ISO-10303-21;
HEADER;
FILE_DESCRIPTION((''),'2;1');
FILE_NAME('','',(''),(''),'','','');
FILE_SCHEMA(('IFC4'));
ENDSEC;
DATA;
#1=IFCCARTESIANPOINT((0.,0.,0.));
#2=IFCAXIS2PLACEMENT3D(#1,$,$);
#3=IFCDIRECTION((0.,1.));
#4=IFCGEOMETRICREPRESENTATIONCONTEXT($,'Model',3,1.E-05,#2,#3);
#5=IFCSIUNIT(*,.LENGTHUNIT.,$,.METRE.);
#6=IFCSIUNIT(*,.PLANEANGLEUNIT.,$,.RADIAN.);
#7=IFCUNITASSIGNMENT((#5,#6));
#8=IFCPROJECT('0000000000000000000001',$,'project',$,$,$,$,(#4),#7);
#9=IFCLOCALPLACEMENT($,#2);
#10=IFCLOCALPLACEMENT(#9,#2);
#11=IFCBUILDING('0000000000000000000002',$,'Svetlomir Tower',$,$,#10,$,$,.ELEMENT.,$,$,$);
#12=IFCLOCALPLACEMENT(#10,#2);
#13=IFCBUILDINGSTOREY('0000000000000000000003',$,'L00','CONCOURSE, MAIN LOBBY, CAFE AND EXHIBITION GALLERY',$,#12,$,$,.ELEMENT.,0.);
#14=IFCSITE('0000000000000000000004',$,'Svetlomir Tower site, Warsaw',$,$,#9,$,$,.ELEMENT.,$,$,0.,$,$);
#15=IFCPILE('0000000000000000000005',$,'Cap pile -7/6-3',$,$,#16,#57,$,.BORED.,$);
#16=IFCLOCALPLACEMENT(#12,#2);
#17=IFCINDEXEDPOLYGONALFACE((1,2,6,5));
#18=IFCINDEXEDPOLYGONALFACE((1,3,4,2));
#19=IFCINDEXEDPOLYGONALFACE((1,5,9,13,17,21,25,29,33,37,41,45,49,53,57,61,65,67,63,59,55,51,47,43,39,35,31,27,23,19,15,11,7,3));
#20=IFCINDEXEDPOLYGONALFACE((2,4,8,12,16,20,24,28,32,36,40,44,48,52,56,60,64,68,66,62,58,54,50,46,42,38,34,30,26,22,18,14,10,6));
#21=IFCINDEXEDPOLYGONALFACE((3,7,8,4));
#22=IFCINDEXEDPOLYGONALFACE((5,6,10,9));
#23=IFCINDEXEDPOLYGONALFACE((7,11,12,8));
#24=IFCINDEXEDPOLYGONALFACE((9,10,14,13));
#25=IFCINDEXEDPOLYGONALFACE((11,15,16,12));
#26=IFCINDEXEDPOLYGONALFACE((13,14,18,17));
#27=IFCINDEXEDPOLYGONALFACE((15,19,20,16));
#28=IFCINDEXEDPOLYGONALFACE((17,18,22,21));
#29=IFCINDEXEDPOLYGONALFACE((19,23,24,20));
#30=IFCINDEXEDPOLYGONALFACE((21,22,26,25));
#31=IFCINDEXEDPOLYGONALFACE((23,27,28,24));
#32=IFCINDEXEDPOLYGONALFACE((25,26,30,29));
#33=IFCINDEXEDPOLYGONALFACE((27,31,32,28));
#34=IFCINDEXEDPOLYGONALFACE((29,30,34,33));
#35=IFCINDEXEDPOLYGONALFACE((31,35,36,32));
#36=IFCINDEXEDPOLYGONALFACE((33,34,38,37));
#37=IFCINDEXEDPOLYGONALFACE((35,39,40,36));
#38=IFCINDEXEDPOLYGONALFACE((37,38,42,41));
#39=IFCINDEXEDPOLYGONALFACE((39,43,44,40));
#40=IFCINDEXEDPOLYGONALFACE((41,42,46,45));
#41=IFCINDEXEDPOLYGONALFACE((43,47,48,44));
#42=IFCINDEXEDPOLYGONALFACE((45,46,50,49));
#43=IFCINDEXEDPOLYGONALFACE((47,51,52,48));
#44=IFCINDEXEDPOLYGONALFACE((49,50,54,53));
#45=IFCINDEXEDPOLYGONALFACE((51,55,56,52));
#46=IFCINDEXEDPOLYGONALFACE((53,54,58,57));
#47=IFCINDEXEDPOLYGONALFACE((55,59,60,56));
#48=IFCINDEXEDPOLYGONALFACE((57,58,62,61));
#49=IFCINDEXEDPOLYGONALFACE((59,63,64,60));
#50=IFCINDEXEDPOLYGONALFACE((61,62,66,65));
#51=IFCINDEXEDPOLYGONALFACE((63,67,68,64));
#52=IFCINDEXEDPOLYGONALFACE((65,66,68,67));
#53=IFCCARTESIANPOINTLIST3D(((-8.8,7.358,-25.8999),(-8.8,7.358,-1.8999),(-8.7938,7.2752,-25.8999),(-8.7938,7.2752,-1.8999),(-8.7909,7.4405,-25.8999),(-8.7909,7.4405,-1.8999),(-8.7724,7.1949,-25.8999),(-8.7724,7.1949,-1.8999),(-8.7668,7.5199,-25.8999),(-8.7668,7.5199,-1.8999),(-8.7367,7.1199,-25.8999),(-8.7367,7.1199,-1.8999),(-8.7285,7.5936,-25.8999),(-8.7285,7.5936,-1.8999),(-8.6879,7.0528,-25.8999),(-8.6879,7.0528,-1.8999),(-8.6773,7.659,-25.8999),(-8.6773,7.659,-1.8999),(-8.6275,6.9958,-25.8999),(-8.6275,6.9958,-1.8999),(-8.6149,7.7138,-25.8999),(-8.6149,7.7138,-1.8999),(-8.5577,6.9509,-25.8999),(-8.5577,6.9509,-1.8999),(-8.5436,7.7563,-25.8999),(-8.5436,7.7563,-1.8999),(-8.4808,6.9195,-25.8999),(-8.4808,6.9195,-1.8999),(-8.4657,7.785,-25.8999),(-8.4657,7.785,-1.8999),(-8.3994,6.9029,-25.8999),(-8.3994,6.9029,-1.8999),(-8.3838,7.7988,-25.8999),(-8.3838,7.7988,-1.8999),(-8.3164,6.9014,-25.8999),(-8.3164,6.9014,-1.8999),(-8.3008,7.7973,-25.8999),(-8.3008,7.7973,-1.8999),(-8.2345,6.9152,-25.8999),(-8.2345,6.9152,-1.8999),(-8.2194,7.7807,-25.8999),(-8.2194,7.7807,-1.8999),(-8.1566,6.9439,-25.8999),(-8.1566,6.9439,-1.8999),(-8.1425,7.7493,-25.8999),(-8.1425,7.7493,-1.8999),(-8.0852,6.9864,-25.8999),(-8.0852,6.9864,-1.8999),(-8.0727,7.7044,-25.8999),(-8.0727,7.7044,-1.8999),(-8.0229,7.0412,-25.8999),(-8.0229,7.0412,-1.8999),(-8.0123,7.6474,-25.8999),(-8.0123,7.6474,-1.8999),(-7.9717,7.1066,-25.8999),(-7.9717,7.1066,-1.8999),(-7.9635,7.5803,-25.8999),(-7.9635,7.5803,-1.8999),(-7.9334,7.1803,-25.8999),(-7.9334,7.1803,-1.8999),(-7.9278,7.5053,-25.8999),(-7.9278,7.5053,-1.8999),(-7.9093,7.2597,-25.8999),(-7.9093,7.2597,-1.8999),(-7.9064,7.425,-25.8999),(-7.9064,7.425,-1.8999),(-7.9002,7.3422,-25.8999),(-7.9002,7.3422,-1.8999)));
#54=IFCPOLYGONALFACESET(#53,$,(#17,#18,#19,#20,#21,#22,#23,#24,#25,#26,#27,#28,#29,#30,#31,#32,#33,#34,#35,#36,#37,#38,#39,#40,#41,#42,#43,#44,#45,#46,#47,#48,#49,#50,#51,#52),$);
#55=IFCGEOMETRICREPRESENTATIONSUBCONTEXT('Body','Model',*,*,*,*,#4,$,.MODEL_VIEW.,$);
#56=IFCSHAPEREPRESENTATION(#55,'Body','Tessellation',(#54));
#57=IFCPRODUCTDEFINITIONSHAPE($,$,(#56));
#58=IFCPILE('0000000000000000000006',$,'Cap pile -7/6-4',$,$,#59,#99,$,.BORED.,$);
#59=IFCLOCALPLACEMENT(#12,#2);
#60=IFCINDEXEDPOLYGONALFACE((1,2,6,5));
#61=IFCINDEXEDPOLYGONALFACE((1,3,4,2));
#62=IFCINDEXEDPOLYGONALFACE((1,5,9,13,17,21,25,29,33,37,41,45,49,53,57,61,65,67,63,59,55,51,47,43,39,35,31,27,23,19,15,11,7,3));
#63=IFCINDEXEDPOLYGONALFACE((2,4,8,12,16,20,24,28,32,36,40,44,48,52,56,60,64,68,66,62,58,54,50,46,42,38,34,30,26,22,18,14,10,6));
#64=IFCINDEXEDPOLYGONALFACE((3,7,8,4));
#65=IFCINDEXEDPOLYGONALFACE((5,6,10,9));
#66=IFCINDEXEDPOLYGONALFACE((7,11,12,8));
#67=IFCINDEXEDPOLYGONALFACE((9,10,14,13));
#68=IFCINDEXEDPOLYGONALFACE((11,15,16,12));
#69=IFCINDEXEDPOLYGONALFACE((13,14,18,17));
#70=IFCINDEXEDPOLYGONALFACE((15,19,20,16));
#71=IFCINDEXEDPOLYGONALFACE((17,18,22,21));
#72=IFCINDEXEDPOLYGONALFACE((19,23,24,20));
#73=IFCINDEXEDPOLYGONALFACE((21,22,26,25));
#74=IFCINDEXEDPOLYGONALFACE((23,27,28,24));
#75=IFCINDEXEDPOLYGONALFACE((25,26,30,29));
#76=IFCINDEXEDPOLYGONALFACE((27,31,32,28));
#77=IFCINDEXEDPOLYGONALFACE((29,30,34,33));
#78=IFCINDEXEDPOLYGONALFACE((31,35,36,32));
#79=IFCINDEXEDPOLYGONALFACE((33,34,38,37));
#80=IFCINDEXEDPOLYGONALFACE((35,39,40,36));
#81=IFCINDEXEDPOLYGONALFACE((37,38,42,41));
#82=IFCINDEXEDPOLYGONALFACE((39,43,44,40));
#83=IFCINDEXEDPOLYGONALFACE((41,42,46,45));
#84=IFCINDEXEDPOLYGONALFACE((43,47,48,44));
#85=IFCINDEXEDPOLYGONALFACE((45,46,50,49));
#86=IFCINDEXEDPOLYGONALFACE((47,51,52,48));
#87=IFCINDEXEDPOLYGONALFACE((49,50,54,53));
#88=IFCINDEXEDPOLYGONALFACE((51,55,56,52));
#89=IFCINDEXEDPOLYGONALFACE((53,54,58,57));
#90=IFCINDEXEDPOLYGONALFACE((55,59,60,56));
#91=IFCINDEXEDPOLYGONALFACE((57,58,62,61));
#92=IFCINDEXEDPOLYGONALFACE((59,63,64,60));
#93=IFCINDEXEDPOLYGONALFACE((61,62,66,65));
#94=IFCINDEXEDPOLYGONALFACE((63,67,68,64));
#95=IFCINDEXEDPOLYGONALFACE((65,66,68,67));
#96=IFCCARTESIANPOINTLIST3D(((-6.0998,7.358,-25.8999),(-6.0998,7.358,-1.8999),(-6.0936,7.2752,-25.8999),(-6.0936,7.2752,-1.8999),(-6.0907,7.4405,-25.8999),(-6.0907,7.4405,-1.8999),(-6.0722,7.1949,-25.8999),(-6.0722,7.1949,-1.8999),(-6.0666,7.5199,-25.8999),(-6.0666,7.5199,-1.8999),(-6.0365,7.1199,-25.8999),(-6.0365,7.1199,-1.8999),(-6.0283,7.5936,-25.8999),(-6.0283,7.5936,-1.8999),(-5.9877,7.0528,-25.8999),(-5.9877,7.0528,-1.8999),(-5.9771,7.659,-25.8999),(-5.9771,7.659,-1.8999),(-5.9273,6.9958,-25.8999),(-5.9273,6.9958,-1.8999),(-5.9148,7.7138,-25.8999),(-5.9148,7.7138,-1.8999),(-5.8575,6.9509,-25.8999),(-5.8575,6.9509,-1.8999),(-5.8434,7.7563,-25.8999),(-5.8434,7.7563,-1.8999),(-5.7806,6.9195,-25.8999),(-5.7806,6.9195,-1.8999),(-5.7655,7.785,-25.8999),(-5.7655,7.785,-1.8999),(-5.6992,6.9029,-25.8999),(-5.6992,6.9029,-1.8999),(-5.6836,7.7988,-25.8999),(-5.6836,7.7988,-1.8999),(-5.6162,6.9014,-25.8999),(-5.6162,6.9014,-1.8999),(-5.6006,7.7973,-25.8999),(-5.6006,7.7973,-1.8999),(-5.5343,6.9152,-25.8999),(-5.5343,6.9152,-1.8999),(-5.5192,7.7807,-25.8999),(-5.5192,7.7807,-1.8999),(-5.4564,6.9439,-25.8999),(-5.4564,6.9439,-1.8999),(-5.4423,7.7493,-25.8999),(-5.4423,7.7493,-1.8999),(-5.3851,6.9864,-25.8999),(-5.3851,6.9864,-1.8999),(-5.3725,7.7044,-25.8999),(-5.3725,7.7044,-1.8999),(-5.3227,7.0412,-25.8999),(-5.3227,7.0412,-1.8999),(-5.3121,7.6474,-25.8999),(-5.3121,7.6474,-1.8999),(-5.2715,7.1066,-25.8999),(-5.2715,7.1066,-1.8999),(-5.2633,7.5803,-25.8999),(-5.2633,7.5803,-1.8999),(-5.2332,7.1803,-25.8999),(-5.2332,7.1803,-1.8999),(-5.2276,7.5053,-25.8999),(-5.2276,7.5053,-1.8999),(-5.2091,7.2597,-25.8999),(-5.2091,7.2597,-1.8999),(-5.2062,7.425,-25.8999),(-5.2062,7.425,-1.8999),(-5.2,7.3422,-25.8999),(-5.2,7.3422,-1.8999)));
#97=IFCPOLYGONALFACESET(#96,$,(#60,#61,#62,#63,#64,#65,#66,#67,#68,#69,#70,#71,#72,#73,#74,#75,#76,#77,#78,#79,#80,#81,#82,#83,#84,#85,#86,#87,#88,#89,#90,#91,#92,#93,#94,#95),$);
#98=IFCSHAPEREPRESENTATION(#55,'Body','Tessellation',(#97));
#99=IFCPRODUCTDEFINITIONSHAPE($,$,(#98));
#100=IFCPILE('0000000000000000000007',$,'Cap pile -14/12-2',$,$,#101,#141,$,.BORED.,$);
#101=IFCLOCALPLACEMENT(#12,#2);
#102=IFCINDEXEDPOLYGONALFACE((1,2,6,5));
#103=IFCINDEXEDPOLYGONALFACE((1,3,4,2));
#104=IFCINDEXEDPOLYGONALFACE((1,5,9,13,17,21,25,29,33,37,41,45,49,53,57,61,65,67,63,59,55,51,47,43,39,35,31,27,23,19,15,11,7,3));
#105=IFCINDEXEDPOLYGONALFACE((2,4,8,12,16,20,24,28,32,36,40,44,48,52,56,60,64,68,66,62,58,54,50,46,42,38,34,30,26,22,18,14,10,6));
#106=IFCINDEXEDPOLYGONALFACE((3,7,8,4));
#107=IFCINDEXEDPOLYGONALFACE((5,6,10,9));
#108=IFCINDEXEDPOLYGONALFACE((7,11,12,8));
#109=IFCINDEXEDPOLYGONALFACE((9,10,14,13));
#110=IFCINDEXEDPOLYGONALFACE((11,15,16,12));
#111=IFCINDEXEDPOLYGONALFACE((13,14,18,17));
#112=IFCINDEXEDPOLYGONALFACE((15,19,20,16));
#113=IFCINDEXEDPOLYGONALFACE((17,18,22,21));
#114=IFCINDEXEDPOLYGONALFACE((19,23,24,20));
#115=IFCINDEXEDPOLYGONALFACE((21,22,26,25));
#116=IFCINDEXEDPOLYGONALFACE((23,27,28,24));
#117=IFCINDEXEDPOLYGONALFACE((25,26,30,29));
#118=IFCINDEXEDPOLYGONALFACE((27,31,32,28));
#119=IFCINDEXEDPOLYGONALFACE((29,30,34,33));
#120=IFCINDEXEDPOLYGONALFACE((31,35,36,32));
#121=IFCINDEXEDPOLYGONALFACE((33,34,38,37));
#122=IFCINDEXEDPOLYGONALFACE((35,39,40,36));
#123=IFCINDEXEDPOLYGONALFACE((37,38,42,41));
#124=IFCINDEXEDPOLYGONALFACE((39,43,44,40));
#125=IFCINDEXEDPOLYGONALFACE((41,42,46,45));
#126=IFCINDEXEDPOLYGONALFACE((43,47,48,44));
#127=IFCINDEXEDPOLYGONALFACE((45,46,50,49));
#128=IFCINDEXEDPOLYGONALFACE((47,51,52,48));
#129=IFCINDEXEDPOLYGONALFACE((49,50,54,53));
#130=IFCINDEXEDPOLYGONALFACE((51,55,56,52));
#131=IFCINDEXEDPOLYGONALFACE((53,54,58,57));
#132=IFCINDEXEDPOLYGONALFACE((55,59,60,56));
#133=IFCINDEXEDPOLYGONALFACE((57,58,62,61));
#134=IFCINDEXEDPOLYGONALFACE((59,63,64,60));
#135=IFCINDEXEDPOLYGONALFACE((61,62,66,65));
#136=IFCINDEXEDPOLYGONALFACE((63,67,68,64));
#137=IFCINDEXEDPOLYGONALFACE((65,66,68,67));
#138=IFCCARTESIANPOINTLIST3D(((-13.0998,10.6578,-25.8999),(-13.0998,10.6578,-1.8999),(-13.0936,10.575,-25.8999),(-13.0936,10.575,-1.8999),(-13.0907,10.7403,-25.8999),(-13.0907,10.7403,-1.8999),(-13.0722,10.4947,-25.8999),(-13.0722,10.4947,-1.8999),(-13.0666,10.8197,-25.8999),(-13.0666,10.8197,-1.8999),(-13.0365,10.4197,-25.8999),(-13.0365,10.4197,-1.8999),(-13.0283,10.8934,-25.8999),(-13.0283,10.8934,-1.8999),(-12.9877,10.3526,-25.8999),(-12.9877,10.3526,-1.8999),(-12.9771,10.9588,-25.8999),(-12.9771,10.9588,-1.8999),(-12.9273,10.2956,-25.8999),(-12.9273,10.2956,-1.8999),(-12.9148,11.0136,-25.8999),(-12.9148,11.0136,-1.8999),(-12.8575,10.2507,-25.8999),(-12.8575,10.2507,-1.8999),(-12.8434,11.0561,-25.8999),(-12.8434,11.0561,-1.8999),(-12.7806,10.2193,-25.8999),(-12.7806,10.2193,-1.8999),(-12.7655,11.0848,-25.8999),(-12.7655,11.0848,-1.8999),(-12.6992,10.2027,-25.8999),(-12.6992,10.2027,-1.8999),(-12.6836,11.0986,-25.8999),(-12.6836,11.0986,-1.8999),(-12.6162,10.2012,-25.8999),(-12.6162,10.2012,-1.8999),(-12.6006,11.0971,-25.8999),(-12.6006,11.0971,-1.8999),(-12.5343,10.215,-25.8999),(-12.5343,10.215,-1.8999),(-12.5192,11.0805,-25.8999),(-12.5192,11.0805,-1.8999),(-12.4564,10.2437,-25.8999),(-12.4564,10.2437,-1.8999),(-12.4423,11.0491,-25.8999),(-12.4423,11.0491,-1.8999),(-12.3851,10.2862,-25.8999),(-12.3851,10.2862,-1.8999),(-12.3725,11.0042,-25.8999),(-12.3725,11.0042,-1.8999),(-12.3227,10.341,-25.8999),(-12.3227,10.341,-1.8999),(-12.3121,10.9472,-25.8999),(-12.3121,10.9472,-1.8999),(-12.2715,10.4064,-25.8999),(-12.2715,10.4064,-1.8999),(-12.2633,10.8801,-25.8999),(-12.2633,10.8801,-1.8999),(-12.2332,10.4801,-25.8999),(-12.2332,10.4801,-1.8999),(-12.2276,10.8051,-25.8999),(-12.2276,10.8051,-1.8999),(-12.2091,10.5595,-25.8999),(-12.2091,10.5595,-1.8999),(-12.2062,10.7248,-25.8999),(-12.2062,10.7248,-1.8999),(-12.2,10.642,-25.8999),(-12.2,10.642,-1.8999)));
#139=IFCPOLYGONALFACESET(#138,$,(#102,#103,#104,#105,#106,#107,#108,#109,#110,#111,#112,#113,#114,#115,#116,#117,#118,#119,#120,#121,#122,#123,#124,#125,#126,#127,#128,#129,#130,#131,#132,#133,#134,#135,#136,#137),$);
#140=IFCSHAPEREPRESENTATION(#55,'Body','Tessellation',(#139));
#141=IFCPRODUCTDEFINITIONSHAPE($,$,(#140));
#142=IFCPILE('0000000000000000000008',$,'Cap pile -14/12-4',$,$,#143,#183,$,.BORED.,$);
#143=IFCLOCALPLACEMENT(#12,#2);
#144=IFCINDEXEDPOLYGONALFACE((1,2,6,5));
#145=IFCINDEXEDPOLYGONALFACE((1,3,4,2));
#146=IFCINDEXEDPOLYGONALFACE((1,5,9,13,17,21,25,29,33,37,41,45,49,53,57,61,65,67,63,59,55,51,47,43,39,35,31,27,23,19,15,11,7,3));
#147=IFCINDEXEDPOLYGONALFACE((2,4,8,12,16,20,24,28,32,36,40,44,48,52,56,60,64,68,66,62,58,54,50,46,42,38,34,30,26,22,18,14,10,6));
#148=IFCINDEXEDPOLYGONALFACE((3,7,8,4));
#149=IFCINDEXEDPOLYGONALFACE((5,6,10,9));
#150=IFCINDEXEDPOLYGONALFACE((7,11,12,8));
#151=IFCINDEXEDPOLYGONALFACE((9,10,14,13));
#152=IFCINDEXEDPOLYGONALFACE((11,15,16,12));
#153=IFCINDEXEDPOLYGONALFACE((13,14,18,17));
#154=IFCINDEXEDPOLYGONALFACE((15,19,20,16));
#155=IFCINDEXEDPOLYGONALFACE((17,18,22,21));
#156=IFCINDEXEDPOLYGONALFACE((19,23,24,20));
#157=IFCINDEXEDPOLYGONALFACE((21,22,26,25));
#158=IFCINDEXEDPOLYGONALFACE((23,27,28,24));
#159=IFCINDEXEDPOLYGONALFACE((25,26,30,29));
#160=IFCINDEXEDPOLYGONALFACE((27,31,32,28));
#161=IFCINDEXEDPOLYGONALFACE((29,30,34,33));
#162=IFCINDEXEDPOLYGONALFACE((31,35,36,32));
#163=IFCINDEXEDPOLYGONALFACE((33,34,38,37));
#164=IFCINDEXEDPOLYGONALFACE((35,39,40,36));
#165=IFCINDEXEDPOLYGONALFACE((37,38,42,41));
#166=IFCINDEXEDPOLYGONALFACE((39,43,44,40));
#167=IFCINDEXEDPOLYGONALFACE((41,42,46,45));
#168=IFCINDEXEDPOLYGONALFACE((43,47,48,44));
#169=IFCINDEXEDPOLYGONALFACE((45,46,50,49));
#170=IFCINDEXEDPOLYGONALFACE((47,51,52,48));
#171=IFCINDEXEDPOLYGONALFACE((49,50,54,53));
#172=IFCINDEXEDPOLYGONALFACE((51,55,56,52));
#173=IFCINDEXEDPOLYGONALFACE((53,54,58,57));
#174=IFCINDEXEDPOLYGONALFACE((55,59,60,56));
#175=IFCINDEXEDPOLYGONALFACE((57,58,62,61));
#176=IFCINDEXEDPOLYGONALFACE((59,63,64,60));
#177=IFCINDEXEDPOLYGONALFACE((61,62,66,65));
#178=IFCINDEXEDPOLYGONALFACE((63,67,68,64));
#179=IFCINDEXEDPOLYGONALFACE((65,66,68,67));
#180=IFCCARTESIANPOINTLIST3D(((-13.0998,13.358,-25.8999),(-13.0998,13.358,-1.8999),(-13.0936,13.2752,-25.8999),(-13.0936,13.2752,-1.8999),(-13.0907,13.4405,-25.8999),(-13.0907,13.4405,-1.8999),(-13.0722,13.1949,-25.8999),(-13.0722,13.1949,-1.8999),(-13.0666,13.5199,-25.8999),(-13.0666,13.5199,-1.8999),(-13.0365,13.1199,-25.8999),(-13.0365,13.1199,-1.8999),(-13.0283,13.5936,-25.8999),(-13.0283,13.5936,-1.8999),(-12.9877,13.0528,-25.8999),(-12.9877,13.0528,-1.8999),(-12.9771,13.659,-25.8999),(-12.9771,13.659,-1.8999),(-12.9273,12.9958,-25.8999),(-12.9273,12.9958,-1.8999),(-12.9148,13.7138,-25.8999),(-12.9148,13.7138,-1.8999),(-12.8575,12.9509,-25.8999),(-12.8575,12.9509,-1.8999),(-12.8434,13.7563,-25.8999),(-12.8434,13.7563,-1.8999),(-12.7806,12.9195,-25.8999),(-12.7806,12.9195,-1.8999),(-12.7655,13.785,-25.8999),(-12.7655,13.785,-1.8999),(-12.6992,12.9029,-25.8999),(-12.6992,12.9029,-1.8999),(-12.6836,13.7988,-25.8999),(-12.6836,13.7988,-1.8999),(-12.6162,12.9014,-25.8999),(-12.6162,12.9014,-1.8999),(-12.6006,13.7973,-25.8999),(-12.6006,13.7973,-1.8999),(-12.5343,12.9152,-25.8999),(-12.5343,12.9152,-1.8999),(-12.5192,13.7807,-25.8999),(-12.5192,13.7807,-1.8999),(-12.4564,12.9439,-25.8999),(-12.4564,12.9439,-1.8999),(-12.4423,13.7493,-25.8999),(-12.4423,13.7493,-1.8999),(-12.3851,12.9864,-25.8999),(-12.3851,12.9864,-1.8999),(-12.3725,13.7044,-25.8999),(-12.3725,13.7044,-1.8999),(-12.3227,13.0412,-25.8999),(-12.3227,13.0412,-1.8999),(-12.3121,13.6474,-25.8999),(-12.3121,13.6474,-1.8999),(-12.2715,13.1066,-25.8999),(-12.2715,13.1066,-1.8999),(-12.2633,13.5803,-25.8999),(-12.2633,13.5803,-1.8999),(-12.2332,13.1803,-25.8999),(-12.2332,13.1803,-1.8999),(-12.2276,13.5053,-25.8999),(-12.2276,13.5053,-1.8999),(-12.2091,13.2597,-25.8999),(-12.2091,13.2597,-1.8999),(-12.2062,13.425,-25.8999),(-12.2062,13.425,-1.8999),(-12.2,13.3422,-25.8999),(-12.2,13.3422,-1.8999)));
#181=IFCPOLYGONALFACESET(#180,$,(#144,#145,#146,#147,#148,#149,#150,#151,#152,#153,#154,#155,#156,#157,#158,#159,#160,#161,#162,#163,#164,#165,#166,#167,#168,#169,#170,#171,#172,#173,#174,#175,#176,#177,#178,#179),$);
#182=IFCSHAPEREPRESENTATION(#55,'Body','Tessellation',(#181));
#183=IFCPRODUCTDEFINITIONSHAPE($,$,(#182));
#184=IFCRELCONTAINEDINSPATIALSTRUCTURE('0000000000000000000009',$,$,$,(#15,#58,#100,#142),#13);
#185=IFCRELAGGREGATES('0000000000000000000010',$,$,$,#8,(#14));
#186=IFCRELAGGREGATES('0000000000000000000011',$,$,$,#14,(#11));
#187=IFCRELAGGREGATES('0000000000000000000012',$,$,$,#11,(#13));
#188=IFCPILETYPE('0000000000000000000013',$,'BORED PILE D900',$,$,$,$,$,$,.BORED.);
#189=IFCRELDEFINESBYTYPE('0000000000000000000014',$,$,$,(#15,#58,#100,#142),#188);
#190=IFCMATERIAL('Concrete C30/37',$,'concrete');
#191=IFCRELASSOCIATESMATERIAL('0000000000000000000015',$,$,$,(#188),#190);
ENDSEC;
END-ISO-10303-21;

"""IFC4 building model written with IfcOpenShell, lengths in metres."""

from ifc_helpers import new_model, si_unit, direction, frame, frame_2d, origin, origin_2d, place, context, subcontext, project, spatial, circle, extrude, material, material_profile, profile_set, type_object, element, save


model = new_model("IFC4")

# Units and contexts
model_context = context("Model", 3, precision=1e-05, world=origin(), true_north=direction((0.0, 1.0)))
body_context = subcontext(model_context, "Body", "Model", "MODEL_VIEW")
ifc_project = project(units=[si_unit("LENGTHUNIT", "METRE"), si_unit("PLANEANGLEUNIT", "RADIAN")], contexts=[model_context])

# Site, building, storey
site_placement = place(None, origin())
site = spatial("IfcSite", under=ifc_project, at=site_placement, Name="Svetlomir Tower site, Warsaw", CompositionType="ELEMENT", RefElevation=0.0)
building_placement = place(site_placement, origin())
building = spatial("IfcBuilding", under=site, at=building_placement, Name="Svetlomir Tower", CompositionType="ELEMENT")
storey_placement = place(building_placement, origin())
storey = spatial("IfcBuildingStorey", under=building, at=storey_placement, Name="L00", Description="CONCOURSE, MAIN LOBBY, CAFE AND EXHIBITION GALLERY", CompositionType="ELEMENT", Elevation=0.0)

# Piles
ifc_material_1 = material(Name="Concrete C30/37", Category="concrete")
ifc_material_profile_1 = material_profile(ifc_material_1, circle(Radius=0.45, at=origin_2d()), Name="RC D900")
ifc_profile_set_1 = profile_set([ifc_material_profile_1], Name="Concrete C30/37")
pile_type_1 = type_object("IfcPileType", Name="BORED PILE D900", PredefinedType="BORED", material=ifc_profile_set_1)
for number, where, z_axis, x_axis, name in (
    (1, (-8.3501, 7.3501, -1.8999), (0.0, 0.0, -1.0), (1.0, 0.0, 0.0), "Cap pile -7/6-3"),
    (2, (-5.6499, 7.3501, -1.8999), (0.0, 0.0, -1.0), (1.0, 0.0, 0.0), "Cap pile -7/6-4"),
    (3, (-12.6499, 10.6499, -1.8999), (0.0, 0.0, -1.0), (1.0, 0.0, 0.0), "Cap pile -14/12-2"),
    (4, (-12.6499, 13.3501, -1.8999), (0.0, 0.0, -1.0), (1.0, 0.0, 0.0), "Cap pile -14/12-4"),
):
    element("IfcPile", number, at=place(storey_placement, frame(where, z_axis=z_axis, x_axis=x_axis)), inside=storey, type_object=pile_type_1, Name=name, PredefinedType="BORED", context=body_context, shape_type="SweptSolid", body=[
        extrude(circle(Radius=0.45, at=frame_2d((0.0, 0.0), x_axis=(0.999848, 0.017452))), origin(), (0.0, 0.0, 1.0), 24.0),
    ])

save(model, "model.ifc")
